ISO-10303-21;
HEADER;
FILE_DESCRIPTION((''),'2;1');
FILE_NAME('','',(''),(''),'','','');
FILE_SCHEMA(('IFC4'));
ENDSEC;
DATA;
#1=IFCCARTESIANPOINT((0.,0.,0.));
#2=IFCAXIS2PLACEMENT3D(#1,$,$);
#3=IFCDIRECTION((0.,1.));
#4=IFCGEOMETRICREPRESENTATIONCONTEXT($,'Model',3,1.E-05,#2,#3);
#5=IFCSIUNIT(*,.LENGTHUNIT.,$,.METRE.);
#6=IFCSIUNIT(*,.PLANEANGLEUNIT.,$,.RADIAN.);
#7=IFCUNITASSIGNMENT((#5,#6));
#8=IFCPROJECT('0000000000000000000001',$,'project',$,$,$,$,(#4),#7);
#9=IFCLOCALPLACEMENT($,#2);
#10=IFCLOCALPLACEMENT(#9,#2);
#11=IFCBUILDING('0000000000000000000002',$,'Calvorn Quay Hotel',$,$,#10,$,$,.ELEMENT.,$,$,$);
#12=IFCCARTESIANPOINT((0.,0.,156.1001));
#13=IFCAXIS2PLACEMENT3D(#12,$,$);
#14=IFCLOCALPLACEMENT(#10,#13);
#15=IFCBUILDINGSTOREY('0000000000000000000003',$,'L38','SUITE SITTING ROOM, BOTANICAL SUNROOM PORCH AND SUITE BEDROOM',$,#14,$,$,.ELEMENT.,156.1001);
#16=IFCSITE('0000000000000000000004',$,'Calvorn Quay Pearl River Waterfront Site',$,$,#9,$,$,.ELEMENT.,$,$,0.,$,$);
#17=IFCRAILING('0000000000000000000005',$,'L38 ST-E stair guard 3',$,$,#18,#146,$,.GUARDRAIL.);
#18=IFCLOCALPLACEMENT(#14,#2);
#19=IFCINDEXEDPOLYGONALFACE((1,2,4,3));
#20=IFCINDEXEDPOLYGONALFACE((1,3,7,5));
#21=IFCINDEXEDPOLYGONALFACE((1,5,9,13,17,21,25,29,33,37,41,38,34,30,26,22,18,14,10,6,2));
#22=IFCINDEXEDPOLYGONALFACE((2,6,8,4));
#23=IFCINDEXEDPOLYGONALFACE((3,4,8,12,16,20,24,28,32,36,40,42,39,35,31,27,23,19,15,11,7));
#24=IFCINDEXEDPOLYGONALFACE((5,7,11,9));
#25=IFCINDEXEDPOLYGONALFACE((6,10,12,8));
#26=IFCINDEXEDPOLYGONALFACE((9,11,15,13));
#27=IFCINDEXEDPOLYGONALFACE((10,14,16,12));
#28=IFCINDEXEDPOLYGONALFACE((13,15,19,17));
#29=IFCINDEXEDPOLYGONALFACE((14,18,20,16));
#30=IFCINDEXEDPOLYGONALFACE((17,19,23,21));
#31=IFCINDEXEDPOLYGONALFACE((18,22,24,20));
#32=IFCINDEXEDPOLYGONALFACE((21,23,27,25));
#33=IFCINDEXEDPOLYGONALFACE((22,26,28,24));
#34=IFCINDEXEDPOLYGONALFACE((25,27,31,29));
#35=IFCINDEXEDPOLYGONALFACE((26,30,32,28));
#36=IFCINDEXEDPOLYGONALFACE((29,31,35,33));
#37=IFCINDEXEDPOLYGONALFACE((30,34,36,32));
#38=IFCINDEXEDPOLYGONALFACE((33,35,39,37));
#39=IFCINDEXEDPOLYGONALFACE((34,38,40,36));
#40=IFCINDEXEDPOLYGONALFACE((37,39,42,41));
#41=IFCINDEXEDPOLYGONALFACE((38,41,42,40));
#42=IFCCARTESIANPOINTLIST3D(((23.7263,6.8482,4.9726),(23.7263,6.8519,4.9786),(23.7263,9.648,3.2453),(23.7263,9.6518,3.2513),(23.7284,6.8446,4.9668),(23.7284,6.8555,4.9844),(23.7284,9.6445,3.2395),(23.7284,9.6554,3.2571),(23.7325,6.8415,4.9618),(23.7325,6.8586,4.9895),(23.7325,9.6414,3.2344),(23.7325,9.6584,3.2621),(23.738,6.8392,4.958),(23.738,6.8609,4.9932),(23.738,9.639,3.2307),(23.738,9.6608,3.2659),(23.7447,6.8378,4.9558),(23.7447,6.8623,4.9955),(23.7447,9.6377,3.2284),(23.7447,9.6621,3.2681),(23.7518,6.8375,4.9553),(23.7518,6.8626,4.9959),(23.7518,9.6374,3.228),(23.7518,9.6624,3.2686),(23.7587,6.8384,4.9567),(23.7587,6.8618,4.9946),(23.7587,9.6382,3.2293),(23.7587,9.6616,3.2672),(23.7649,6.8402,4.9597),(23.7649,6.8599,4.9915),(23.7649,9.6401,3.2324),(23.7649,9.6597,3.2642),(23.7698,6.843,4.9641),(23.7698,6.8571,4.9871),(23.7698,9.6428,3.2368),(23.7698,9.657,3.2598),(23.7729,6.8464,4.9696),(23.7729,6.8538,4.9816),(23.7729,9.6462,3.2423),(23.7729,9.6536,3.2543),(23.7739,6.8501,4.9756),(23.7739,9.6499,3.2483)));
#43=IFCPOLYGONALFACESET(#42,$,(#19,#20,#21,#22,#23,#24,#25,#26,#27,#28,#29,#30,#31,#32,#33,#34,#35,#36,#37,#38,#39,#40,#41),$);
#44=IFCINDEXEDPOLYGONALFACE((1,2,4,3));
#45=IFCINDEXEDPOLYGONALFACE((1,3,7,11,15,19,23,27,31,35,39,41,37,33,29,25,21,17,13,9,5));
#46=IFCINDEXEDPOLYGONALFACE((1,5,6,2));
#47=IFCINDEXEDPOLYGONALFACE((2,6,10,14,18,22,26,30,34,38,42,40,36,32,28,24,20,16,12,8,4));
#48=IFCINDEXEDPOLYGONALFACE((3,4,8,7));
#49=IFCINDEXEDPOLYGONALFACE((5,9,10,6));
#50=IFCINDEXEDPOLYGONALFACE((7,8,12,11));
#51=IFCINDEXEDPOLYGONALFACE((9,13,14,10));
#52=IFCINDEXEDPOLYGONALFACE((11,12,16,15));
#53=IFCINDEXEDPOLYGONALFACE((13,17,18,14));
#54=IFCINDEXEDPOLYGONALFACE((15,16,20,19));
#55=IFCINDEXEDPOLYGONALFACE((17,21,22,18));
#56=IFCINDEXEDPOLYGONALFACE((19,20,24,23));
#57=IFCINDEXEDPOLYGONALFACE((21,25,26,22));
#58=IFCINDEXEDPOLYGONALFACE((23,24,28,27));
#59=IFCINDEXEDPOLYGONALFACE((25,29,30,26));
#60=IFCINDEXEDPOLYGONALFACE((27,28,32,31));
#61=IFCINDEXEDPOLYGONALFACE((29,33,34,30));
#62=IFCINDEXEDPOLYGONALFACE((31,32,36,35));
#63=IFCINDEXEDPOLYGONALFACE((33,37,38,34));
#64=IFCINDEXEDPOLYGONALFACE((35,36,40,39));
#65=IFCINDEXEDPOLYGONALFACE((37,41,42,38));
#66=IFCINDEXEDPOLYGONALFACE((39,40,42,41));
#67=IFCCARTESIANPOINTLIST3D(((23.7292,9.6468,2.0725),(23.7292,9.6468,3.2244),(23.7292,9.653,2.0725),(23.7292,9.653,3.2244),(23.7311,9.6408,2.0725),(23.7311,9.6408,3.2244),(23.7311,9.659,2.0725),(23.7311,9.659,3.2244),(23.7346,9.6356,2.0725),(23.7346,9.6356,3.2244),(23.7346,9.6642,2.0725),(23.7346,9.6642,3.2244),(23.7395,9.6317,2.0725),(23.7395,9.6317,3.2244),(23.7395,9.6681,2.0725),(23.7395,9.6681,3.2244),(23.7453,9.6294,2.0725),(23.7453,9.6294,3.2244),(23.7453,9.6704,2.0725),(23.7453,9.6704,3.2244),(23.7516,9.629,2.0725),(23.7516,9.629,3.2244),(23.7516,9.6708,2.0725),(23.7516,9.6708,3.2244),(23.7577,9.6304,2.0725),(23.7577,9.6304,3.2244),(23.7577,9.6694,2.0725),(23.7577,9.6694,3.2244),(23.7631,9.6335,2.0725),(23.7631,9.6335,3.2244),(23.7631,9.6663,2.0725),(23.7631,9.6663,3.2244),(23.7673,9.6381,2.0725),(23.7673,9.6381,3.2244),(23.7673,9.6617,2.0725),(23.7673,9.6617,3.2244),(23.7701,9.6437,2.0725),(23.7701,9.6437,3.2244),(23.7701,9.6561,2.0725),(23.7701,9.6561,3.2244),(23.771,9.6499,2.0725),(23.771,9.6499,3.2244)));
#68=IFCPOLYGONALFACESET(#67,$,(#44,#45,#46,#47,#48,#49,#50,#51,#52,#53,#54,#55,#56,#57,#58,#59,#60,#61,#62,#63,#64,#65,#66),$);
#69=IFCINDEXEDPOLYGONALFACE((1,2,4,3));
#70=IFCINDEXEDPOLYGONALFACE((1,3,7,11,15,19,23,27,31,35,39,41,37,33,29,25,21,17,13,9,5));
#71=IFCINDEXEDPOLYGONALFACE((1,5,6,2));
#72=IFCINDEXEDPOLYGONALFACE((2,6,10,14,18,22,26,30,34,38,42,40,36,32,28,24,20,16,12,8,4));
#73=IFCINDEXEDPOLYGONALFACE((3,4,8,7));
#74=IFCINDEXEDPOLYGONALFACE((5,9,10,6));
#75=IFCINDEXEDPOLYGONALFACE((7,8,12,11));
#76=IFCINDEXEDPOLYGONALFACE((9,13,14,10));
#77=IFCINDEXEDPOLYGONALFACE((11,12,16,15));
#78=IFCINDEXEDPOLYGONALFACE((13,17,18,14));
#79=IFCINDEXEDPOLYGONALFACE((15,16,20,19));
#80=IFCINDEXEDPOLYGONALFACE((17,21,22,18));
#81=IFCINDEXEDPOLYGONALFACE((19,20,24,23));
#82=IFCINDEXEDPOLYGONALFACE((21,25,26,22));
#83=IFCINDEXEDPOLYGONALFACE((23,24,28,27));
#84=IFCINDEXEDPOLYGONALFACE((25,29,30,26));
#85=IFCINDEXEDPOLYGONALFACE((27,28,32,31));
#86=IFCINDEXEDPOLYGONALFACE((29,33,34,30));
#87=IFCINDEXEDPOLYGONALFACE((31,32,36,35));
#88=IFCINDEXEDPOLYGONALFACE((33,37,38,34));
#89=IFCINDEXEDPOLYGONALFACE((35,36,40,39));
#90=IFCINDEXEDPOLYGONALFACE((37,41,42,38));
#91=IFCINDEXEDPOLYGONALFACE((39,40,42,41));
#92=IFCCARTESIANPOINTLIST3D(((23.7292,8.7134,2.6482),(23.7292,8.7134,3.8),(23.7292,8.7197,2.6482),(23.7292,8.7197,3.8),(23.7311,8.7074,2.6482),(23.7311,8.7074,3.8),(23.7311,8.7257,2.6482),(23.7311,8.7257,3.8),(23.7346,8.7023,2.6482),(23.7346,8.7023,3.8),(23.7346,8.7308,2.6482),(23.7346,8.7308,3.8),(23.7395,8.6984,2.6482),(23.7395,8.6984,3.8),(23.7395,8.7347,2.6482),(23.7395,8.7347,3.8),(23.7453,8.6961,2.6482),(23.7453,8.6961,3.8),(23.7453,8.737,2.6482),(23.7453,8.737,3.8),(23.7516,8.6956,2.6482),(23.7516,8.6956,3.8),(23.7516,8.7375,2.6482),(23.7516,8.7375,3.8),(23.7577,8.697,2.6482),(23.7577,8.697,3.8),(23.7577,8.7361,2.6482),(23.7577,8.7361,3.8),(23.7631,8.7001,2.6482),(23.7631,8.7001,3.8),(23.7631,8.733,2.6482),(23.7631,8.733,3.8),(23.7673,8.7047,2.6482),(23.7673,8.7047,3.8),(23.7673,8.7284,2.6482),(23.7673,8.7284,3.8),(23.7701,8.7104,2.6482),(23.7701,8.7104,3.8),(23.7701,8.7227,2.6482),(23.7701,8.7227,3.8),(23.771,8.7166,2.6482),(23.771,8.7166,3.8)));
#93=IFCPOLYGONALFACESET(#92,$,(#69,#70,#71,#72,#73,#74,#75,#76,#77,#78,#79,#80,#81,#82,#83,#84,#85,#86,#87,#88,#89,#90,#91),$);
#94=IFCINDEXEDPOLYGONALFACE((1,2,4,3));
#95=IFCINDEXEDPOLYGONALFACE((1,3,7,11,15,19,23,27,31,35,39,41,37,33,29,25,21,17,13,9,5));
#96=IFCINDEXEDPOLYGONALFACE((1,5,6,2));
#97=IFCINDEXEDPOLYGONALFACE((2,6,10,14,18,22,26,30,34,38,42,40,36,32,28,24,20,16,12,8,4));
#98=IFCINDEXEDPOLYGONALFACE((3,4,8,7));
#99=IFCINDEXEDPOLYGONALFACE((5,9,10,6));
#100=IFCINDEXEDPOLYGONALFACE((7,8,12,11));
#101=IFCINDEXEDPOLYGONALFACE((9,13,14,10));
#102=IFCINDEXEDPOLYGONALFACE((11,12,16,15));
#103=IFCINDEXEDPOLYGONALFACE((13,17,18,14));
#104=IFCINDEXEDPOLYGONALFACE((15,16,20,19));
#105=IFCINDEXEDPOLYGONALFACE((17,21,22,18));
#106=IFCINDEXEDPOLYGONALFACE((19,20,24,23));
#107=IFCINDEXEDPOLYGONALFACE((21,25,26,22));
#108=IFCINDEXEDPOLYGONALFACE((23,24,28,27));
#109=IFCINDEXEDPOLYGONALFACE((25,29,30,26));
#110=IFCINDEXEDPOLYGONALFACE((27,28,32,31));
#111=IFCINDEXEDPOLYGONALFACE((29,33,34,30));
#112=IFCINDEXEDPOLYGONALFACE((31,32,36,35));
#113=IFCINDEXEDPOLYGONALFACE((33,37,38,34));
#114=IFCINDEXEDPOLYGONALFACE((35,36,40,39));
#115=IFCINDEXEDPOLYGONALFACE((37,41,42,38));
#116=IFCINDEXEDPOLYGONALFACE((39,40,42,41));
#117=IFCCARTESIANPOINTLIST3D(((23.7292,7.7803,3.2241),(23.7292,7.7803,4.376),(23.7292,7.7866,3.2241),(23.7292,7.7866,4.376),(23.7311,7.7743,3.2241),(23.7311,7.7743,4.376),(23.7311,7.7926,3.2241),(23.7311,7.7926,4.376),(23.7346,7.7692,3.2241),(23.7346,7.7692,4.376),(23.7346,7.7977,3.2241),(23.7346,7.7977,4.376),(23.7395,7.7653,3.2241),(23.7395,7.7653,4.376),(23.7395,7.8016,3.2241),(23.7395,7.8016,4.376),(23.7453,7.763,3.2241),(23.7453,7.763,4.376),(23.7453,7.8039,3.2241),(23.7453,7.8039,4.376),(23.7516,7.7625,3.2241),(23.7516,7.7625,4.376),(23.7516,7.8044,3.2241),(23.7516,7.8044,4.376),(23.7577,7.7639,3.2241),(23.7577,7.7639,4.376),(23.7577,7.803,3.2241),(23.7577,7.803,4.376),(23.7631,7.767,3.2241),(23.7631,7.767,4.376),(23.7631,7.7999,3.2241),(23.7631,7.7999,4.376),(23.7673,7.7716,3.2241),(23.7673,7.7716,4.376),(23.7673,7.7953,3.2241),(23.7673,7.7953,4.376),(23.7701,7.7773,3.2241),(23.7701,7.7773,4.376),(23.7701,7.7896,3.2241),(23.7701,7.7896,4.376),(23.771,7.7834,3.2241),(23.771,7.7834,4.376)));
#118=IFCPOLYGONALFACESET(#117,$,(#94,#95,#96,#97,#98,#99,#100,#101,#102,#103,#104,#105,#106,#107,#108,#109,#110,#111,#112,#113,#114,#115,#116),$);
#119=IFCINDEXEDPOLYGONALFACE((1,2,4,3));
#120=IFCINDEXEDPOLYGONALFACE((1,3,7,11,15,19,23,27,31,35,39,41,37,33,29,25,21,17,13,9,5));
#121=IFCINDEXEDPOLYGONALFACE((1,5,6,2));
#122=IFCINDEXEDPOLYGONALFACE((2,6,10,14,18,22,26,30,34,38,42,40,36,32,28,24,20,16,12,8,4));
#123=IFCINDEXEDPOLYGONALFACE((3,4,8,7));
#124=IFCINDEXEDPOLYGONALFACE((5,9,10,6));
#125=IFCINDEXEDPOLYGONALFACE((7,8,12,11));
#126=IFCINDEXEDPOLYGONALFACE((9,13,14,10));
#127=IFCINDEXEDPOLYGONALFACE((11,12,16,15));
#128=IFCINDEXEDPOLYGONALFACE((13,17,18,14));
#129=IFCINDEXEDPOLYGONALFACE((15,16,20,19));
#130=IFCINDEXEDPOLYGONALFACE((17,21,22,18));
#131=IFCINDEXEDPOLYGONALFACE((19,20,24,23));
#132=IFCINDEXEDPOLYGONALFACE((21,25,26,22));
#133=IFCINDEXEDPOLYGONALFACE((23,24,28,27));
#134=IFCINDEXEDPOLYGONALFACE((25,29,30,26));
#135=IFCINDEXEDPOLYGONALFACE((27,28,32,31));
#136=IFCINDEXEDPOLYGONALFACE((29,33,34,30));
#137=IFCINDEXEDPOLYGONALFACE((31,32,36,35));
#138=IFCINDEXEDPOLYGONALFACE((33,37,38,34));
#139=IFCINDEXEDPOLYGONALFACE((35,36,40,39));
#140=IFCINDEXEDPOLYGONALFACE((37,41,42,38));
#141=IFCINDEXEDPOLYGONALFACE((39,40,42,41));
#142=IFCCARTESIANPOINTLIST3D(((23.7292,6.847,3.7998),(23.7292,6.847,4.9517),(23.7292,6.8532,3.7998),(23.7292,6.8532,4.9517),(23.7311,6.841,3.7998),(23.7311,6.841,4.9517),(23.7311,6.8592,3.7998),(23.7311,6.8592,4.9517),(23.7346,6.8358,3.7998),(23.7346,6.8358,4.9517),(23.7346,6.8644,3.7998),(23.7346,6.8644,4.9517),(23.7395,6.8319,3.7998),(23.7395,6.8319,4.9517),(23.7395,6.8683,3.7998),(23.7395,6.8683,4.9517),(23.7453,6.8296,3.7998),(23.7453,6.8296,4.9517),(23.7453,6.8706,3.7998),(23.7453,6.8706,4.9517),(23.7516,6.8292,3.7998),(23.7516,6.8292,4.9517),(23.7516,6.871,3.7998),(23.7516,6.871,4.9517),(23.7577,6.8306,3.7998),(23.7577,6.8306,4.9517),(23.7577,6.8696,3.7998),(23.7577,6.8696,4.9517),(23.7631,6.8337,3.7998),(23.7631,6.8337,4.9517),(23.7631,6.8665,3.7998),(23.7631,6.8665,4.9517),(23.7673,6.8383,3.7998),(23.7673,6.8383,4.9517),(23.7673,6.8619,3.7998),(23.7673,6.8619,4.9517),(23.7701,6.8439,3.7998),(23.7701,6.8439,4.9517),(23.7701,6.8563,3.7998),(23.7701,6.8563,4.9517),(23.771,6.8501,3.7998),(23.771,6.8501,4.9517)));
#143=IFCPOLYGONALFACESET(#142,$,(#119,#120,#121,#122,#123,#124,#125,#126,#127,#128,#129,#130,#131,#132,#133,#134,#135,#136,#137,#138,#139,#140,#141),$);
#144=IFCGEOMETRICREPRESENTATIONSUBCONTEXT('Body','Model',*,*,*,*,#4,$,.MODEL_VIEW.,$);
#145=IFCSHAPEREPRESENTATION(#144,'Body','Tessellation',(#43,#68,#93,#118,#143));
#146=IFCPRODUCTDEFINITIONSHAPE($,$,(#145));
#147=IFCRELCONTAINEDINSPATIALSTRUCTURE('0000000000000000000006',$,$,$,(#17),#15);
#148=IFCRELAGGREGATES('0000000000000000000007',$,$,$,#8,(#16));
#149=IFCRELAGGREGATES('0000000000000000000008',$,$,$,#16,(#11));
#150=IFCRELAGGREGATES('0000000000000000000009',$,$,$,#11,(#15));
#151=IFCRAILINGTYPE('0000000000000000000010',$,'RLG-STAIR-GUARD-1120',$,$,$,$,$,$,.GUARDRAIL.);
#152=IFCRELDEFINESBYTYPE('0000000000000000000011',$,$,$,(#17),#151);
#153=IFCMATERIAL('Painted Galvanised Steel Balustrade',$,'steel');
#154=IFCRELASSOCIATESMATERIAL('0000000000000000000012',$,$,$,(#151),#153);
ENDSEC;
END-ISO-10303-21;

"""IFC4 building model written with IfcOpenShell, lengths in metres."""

from ifc_helpers import new_model, si_unit, direction, frame, origin, origin_2d, place, context, subcontext, project, spatial, circle, extrude, material, type_object, element, save


model = new_model("IFC4")

# Units and contexts
model_context = context("Model", 3, precision=1e-05, world=origin(), true_north=direction((0.0, 1.0)))
body_context = subcontext(model_context, "Body", "Model", "MODEL_VIEW")
ifc_project = project(units=[si_unit("LENGTHUNIT", "METRE"), si_unit("PLANEANGLEUNIT", "RADIAN")], contexts=[model_context])

# Site, building, storey
site_placement = place(None, origin())
site = spatial("IfcSite", under=ifc_project, at=site_placement, Name="Calvorn Quay Pearl River Waterfront Site", CompositionType="ELEMENT", RefElevation=0.0)
building_placement = place(site_placement, origin())
building = spatial("IfcBuilding", under=site, at=building_placement, Name="Calvorn Quay Hotel", CompositionType="ELEMENT")
storey_placement = place(building_placement, frame((0.0, 0.0, 156.1001)))
storey = spatial("IfcBuildingStorey", under=building, at=storey_placement, Name="L38", Description="SUITE SITTING ROOM, BOTANICAL SUNROOM PORCH AND SUITE BEDROOM", CompositionType="ELEMENT", Elevation=156.1001)

# Railing
ifc_material_1 = material(Name="Painted Galvanised Steel Balustrade", Category="steel")
railing_type_1 = type_object("IfcRailingType", Name="RLG-STAIR-GUARD-1120", PredefinedType="GUARDRAIL", material=ifc_material_1)
railing_1_placement = place(storey_placement, frame((23.75, 9.6499, 2.0725)))
element("IfcRailing", 1, at=railing_1_placement, inside=storey, type_object=railing_type_1, Name="L38 ST-E stair guard 3", PredefinedType="GUARDRAIL", context=body_context, shape_type="SweptSolid", body=[
    extrude(circle(Radius=0.0239, at=origin_2d()), frame((0.0, 0.0, 1.1758), z_axis=(0.0, -0.851069, 0.525054), x_axis=(1.0, 0.0, 0.0)), (0.0, 0.0, 1.0), 3.2898),
    extrude(circle(Radius=0.021, at=origin_2d()), origin(), (0.0, 0.0, 1.0), 1.1519),
    extrude(circle(Radius=0.021, at=origin_2d()), frame((0.0, -0.9333, 0.5757)), (0.0, 0.0, 1.0), 1.1519),
    extrude(circle(Radius=0.021, at=origin_2d()), frame((0.0, -1.8665, 1.1516)), (0.0, 0.0, 1.0), 1.1519),
    extrude(circle(Radius=0.021, at=origin_2d()), frame((0.0, -2.7998, 1.7273)), (0.0, 0.0, 1.0), 1.1519),
])

save(model, "model.ifc")
